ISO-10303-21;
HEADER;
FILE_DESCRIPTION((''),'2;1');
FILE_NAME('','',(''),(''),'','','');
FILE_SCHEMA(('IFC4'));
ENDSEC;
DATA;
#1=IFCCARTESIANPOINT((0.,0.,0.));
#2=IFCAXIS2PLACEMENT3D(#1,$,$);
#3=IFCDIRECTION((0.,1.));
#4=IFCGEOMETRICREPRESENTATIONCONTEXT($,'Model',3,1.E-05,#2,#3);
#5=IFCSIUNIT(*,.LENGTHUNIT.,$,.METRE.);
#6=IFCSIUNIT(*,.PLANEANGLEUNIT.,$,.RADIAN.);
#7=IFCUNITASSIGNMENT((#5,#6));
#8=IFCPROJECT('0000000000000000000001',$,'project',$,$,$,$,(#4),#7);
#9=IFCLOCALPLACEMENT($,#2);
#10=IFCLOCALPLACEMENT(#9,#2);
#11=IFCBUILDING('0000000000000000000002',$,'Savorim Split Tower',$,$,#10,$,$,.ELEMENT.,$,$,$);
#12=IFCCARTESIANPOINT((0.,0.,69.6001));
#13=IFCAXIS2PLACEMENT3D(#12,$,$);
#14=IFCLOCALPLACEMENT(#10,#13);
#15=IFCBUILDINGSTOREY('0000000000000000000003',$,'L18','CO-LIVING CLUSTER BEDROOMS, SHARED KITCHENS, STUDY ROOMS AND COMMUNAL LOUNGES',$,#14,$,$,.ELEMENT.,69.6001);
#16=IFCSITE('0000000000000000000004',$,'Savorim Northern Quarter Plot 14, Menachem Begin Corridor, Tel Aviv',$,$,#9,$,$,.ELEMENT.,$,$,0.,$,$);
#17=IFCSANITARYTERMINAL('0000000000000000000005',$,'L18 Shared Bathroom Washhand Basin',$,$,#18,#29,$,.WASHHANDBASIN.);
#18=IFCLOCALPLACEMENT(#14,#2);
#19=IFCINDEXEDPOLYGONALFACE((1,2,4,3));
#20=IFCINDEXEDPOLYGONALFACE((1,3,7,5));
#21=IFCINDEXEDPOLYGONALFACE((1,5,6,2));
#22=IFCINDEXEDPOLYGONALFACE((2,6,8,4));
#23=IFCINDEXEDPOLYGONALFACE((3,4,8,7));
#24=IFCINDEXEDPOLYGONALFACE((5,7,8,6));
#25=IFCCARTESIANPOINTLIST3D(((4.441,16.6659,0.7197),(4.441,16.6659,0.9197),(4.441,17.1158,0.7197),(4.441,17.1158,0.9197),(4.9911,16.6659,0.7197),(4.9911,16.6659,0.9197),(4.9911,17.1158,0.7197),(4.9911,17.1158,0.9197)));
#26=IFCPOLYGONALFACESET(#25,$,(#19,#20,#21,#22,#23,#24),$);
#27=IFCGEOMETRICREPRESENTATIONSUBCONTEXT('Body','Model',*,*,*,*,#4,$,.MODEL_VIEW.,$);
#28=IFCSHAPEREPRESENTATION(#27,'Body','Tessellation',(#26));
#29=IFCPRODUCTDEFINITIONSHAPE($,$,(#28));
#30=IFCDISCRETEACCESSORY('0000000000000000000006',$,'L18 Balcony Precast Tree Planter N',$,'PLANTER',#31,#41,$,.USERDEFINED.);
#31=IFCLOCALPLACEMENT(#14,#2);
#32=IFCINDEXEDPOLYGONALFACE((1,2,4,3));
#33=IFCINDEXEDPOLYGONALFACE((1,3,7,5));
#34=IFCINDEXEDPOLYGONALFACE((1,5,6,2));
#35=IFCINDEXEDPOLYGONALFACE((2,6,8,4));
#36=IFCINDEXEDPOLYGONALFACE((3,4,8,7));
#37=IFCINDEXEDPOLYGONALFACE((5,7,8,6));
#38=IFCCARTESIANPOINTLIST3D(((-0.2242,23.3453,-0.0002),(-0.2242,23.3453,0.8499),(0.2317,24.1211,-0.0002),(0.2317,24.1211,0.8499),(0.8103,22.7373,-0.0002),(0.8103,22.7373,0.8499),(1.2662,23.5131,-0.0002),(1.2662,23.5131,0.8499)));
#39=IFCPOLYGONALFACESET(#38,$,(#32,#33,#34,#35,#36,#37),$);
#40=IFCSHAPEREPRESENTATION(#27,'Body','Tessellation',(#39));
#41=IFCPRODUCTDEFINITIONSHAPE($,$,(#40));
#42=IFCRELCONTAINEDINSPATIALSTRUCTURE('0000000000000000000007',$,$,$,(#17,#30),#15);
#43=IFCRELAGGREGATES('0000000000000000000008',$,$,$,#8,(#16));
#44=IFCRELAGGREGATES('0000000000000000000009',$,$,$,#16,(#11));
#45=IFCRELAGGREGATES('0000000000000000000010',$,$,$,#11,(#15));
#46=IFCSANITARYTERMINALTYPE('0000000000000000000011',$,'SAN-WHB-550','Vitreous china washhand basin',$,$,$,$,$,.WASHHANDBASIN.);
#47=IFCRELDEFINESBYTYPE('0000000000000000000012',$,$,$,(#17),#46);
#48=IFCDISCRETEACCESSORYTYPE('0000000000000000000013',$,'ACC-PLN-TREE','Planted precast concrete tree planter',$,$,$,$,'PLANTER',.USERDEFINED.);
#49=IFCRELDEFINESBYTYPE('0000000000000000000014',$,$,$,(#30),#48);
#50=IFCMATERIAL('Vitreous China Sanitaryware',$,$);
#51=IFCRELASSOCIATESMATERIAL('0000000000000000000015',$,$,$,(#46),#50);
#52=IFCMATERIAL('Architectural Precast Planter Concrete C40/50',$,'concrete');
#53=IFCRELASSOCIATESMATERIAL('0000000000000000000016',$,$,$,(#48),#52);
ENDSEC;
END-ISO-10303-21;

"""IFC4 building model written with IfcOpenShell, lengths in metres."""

from ifc_helpers import new_model, si_unit, direction, frame, origin, origin_2d, place, context, subcontext, project, spatial, rectangle, extrude, material, type_object, element, save


model = new_model("IFC4")

# Units and contexts
model_context = context("Model", 3, precision=1e-05, world=origin(), true_north=direction((0.0, 1.0)))
body_context = subcontext(model_context, "Body", "Model", "MODEL_VIEW")
ifc_project = project(units=[si_unit("LENGTHUNIT", "METRE"), si_unit("PLANEANGLEUNIT", "RADIAN")], contexts=[model_context])

# Site, building, storey
site_placement = place(None, origin())
site = spatial("IfcSite", under=ifc_project, at=site_placement, Name="Savorim Northern Quarter Plot 14, Menachem Begin Corridor, Tel Aviv", CompositionType="ELEMENT", RefElevation=0.0)
building_placement = place(site_placement, origin())
building = spatial("IfcBuilding", under=site, at=building_placement, Name="Savorim Split Tower", CompositionType="ELEMENT")
storey_placement = place(building_placement, frame((0.0, 0.0, 69.6001)))
storey = spatial("IfcBuildingStorey", under=building, at=storey_placement, Name="L18", Description="CO-LIVING CLUSTER BEDROOMS, SHARED KITCHENS, STUDY ROOMS AND COMMUNAL LOUNGES", CompositionType="ELEMENT", Elevation=69.6001)

# Sanitary terminal
ifc_material_1 = material(Name="Vitreous China Sanitaryware")
sanitary_terminal_type_1 = type_object("IfcSanitaryTerminalType", Name="SAN-WHB-550", Description="Vitreous china washhand basin", PredefinedType="WASHHANDBASIN", material=ifc_material_1)
sanitary_terminal_1_placement = place(storey_placement, frame((4.7161, 16.8909, 0.7197), z_axis=(0.0, 0.0, 1.0), x_axis=(1.0, 0.0, 0.0)))
element("IfcSanitaryTerminal", 1, at=sanitary_terminal_1_placement, inside=storey, type_object=sanitary_terminal_type_1, Name="L18 Shared Bathroom Washhand Basin", PredefinedType="WASHHANDBASIN", context=body_context, shape_type="SweptSolid", body=[
    extrude(rectangle(XDim=0.55, YDim=0.45, at=origin_2d()), origin(), (0.0, 0.0, 1.0), 0.2),
])

# Discrete accessory
ifc_material_2 = material(Name="Architectural Precast Planter Concrete C40/50", Category="concrete")
discrete_accessory_type = type_object("IfcDiscreteAccessoryType", Name="ACC-PLN-TREE", Description="Planted precast concrete tree planter", ElementType="PLANTER", PredefinedType="USERDEFINED", material=ifc_material_2)
discrete_accessory_placement = place(storey_placement, frame((0.521, 23.4292, -0.0002), z_axis=(0.0, 0.0, 1.0), x_axis=(-0.862124, 0.506697, 0.0)))
element("IfcDiscreteAccessory", 2, at=discrete_accessory_placement, inside=storey, type_object=discrete_accessory_type, Name="L18 Balcony Precast Tree Planter N", ObjectType="PLANTER", PredefinedType="USERDEFINED", context=body_context, shape_type="SweptSolid", body=[
    extrude(rectangle(XDim=1.2, YDim=0.8999, at=origin_2d()), origin(), (0.0, 0.0, 1.0), 0.8501),
])

save(model, "model.ifc")
